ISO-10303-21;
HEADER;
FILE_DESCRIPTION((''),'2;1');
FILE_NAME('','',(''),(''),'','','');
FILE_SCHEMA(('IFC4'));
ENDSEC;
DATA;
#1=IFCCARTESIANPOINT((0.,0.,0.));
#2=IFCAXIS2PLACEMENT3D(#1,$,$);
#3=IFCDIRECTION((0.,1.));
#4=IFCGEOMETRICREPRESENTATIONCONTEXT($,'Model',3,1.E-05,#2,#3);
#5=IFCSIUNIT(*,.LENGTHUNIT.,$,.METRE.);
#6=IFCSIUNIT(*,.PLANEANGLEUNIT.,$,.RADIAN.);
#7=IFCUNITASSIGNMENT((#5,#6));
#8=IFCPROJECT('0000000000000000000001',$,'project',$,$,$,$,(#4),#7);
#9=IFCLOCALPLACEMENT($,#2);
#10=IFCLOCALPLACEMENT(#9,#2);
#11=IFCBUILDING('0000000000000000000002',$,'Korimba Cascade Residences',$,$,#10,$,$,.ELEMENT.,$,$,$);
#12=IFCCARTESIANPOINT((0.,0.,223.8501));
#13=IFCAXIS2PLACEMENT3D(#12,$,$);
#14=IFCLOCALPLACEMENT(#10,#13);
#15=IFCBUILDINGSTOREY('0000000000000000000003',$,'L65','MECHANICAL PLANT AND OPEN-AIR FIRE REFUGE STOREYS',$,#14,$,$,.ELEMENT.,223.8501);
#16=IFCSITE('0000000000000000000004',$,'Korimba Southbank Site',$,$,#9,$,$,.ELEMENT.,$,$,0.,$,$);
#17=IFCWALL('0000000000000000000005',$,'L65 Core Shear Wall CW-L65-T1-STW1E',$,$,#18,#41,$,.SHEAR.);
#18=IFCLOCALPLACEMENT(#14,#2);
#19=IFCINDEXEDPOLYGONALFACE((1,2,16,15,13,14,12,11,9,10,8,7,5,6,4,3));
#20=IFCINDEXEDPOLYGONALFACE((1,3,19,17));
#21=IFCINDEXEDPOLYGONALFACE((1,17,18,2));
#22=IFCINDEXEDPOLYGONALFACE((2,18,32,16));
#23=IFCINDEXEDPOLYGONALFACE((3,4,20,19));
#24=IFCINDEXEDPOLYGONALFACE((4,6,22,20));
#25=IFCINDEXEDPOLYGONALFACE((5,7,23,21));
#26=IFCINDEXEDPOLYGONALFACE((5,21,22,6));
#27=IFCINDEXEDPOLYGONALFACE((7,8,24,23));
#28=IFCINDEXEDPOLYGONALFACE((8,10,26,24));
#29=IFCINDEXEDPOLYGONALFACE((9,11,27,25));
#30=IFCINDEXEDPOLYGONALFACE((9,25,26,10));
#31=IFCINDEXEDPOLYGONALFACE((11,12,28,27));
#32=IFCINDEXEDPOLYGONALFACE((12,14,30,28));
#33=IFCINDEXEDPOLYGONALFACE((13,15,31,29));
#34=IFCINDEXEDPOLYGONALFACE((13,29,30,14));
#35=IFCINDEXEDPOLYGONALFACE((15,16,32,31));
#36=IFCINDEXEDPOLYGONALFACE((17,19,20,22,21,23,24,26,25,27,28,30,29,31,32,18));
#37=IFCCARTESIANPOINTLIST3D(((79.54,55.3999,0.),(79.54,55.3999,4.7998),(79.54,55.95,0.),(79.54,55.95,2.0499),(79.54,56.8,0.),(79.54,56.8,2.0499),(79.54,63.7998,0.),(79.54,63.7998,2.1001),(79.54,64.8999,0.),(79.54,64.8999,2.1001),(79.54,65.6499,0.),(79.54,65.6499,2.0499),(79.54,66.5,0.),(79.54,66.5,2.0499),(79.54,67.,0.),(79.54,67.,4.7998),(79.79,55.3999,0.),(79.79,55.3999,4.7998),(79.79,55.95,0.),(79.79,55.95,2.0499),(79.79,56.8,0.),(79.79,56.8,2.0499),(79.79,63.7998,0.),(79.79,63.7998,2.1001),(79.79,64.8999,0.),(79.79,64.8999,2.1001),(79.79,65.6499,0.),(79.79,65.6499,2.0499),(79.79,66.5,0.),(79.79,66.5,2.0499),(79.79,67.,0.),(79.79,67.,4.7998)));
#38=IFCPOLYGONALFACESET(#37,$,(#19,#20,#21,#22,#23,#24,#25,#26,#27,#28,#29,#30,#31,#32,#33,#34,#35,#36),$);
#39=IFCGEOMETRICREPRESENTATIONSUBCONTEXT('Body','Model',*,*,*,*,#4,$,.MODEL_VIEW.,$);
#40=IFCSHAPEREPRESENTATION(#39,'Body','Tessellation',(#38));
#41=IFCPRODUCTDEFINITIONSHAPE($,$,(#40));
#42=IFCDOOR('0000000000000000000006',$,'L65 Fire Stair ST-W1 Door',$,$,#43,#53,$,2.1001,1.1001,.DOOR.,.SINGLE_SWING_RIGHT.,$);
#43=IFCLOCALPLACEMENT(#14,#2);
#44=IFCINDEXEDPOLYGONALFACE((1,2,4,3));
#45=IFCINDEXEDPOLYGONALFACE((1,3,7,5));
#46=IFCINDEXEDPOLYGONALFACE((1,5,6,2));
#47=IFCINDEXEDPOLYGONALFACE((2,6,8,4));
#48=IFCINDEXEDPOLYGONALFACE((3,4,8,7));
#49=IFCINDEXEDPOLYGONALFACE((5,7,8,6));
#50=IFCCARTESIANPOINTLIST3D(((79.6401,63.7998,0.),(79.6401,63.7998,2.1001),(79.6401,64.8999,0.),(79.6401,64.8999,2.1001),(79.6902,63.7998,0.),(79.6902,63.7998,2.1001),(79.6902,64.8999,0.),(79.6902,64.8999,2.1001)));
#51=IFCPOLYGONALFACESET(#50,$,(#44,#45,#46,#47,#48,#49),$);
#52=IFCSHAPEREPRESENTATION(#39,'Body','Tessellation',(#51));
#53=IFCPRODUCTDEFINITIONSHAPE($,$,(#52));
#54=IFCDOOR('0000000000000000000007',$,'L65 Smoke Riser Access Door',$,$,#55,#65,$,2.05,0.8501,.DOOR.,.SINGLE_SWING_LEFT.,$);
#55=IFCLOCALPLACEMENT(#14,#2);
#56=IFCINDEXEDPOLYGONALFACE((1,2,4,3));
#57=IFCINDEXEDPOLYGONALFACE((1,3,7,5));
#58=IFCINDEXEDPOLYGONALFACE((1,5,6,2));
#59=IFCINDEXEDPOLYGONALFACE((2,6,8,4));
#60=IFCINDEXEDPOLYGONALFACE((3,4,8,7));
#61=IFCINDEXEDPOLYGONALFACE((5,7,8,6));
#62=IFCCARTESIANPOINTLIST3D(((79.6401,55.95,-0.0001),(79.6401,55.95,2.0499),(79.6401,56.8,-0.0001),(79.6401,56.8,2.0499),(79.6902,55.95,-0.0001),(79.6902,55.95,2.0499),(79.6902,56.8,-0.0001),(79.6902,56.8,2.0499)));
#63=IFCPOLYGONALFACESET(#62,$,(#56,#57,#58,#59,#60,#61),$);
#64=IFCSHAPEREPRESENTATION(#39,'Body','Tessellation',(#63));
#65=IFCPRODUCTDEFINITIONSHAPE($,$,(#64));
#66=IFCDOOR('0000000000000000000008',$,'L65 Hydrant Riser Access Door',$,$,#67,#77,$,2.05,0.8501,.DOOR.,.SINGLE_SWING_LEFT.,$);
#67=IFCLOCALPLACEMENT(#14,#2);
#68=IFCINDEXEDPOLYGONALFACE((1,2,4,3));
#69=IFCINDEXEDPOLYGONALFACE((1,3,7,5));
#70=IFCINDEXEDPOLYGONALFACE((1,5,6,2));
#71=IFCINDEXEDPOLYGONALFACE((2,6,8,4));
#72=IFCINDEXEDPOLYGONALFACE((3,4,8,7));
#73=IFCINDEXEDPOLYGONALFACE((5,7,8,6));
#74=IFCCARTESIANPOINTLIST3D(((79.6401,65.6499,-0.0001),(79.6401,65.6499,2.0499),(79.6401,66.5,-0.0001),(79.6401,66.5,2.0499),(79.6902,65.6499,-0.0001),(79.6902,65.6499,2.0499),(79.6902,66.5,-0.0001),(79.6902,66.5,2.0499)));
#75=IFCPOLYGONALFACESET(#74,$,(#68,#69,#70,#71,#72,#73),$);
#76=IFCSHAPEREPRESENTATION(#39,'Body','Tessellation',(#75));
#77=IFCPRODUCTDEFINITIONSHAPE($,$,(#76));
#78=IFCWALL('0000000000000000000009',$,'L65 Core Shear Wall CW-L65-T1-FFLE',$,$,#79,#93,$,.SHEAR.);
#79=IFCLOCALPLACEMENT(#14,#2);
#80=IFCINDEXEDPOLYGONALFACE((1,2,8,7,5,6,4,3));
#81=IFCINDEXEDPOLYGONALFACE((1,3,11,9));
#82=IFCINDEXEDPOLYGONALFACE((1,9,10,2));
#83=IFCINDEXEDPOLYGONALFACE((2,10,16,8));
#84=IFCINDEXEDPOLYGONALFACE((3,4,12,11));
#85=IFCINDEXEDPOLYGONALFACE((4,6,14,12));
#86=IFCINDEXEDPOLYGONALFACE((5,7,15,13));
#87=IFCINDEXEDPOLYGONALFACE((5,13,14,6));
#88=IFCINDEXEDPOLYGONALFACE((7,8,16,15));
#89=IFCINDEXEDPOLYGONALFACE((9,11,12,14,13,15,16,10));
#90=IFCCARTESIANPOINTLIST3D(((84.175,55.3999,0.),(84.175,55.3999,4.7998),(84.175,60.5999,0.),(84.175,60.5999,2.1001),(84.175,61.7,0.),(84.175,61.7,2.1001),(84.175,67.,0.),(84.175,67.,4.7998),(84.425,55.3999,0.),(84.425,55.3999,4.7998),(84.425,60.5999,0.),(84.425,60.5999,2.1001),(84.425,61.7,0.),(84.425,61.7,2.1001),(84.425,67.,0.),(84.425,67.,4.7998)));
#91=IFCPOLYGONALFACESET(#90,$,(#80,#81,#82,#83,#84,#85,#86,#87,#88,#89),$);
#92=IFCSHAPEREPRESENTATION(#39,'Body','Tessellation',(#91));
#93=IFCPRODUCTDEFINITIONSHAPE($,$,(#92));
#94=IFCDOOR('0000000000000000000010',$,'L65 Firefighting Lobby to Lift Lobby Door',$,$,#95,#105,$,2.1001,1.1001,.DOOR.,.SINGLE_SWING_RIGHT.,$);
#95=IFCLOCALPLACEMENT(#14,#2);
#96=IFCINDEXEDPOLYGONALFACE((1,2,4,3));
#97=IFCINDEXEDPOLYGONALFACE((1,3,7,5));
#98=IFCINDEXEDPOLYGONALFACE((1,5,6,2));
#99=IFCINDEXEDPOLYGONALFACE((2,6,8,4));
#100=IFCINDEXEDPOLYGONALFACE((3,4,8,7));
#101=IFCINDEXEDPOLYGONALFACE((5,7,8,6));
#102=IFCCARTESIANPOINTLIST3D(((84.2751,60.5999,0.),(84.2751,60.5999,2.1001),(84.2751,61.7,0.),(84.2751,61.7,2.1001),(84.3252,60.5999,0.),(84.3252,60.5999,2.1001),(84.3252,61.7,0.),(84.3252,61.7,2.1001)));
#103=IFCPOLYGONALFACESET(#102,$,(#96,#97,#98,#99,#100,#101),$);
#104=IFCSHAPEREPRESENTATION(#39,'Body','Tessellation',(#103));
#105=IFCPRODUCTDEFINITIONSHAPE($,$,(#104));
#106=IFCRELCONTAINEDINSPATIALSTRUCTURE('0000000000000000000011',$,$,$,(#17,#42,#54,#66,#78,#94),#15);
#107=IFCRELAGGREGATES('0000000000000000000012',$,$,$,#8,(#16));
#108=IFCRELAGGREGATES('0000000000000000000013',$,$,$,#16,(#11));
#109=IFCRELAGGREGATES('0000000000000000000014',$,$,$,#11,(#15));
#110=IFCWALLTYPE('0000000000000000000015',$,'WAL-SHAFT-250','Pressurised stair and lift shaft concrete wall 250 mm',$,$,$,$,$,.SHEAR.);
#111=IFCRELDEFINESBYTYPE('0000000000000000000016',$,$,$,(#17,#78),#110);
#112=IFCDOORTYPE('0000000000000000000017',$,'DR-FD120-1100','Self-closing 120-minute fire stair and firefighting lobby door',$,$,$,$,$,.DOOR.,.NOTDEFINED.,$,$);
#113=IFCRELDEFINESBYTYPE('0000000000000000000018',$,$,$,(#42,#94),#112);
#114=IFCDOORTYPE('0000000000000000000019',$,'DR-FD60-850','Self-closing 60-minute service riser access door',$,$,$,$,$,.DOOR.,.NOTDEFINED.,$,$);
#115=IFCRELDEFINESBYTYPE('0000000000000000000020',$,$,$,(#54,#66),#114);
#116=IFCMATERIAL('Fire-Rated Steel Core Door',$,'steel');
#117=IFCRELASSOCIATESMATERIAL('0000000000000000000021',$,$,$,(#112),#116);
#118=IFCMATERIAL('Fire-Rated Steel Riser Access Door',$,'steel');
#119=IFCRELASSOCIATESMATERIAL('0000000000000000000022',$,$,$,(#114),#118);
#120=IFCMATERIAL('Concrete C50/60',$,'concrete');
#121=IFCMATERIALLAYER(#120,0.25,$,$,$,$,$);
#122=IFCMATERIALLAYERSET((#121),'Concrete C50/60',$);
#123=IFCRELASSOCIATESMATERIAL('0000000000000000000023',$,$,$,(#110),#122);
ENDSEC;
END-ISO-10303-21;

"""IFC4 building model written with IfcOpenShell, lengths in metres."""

from ifc_helpers import new_model, si_unit, direction, frame, frame_2d, origin, place, context, subcontext, project, spatial, rectangle, extrude, material, layer, layer_set, type_object, element, fill, save


model = new_model("IFC4")

# Units and contexts
model_context = context("Model", 3, precision=1e-05, world=origin(), true_north=direction((0.0, 1.0)))
body_context = subcontext(model_context, "Body", "Model", "MODEL_VIEW")
ifc_project = project(units=[si_unit("LENGTHUNIT", "METRE"), si_unit("PLANEANGLEUNIT", "RADIAN")], contexts=[model_context])

# Site, building, storey
site_placement = place(None, origin())
site = spatial("IfcSite", under=ifc_project, at=site_placement, Name="Korimba Southbank Site", CompositionType="ELEMENT", RefElevation=0.0)
building_placement = place(site_placement, origin())
building = spatial("IfcBuilding", under=site, at=building_placement, Name="Korimba Cascade Residences", CompositionType="ELEMENT")
storey_placement = place(building_placement, frame((0.0, 0.0, 223.8501)))
storey = spatial("IfcBuildingStorey", under=building, at=storey_placement, Name="L65", Description="MECHANICAL PLANT AND OPEN-AIR FIRE REFUGE STOREYS", CompositionType="ELEMENT", Elevation=223.8501)

# Shared definitions
ifc_material_1 = material(Name="Fire-Rated Steel Core Door", Category="steel")
door_type_1 = type_object("IfcDoorType", Name="DR-FD120-1100", Description="Self-closing 120-minute fire stair and firefighting lobby door", OperationType="NOTDEFINED", PredefinedType="DOOR", material=ifc_material_1)

# Wall, openings, doors
ifc_material_2 = material(Name="Fire-Rated Steel Riser Access Door", Category="steel")
door_type_2 = type_object("IfcDoorType", Name="DR-FD60-850", Description="Self-closing 60-minute service riser access door", OperationType="NOTDEFINED", PredefinedType="DOOR", material=ifc_material_2)
ifc_material_3 = material(Name="Concrete C50/60", Category="concrete")
ifc_layer_1 = layer(ifc_material_3, 0.25)
ifc_layer_set_1 = layer_set([ifc_layer_1], Name="Concrete C50/60")
wall_type_1 = type_object("IfcWallType", Name="WAL-SHAFT-250", Description="Pressurised stair and lift shaft concrete wall 250 mm", PredefinedType="SHEAR", material=ifc_layer_set_1)
wall_1_placement = place(storey_placement, frame((79.665, 55.3999, 0.0), z_axis=(0.0, 0.0, 1.0), x_axis=(0.0, 1.0, 0.0)))
wall_1 = element("IfcWall", 1, at=wall_1_placement, inside=storey, type_object=wall_type_1, Name="L65 Core Shear Wall CW-L65-T1-STW1E", PredefinedType="SHEAR", context=body_context, shape_type="SweptSolid", body=[
    extrude(rectangle(XDim=11.6001, YDim=0.25, at=frame_2d((5.8, 0.0))), origin(), (0.0, 0.0, 1.0), 4.7998),
])
opening_1_placement = place(wall_1_placement, frame((0.55, 0.0, 0.0)))
opening_1 = element("IfcOpeningElement", 2, at=opening_1_placement, cuts=wall_1, PredefinedType="OPENING", context=body_context, shape_type="SweptSolid", body=[
    extrude(rectangle(XDim=0.8501, YDim=2.05, at=frame_2d((0.425, 1.0249))), frame((0.0, 0.135, 0.0), z_axis=(0.0, -1.0, 0.0), x_axis=(1.0, 0.0, 0.0)), (0.0, 0.0, 1.0), 0.27),
])
opening_2_placement = place(wall_1_placement, frame((8.3999, 0.0, 0.0)))
opening_2 = element("IfcOpeningElement", 3, at=opening_2_placement, cuts=wall_1, PredefinedType="OPENING", context=body_context, shape_type="SweptSolid", body=[
    extrude(rectangle(XDim=1.1001, YDim=2.1001, at=frame_2d((0.55, 1.05))), frame((0.0, 0.135, 0.0), z_axis=(0.0, -1.0, 0.0), x_axis=(1.0, 0.0, 0.0)), (0.0, 0.0, 1.0), 0.27),
])
opening_3_placement = place(wall_1_placement, frame((10.25, 0.0, 0.0)))
opening_3 = element("IfcOpeningElement", 4, at=opening_3_placement, cuts=wall_1, PredefinedType="OPENING", context=body_context, shape_type="SweptSolid", body=[
    extrude(rectangle(XDim=0.8501, YDim=2.05, at=frame_2d((0.425, 1.0249))), frame((0.0, 0.135, 0.0), z_axis=(0.0, -1.0, 0.0), x_axis=(1.0, 0.0, 0.0)), (0.0, 0.0, 1.0), 0.27),
])
door_1_placement = place(opening_2_placement, origin())
door_1 = element("IfcDoor", 5, at=door_1_placement, inside=storey, type_object=door_type_1, Name="L65 Fire Stair ST-W1 Door", OperationType="SINGLE_SWING_RIGHT", OverallHeight=2.1001, OverallWidth=1.1001, PredefinedType="DOOR", context=body_context, shape_type="SweptSolid", body=[
    extrude(rectangle(XDim=1.1001, YDim=2.1001, at=frame_2d((0.55, 1.05))), frame((0.0, 0.0249, 0.0), z_axis=(0.0, -1.0, 0.0), x_axis=(1.0, 0.0, 0.0)), (0.0, 0.0, 1.0), 0.05),
])
fill(opening_2, door_1)
door_2_placement = place(opening_1_placement, origin())
door_2 = element("IfcDoor", 6, at=door_2_placement, inside=storey, type_object=door_type_2, Name="L65 Smoke Riser Access Door", OperationType="SINGLE_SWING_LEFT", OverallHeight=2.05, OverallWidth=0.8501, PredefinedType="DOOR", context=body_context, shape_type="SweptSolid", body=[
    extrude(rectangle(XDim=0.8501, YDim=2.05, at=frame_2d((0.425, 1.0249))), frame((0.0, 0.0249, 0.0), z_axis=(0.0, -1.0, 0.0), x_axis=(1.0, 0.0, 0.0)), (0.0, 0.0, 1.0), 0.05),
])
fill(opening_1, door_2)
door_3_placement = place(opening_3_placement, origin())
door_3 = element("IfcDoor", 7, at=door_3_placement, inside=storey, type_object=door_type_2, Name="L65 Hydrant Riser Access Door", OperationType="SINGLE_SWING_LEFT", OverallHeight=2.05, OverallWidth=0.8501, PredefinedType="DOOR", context=body_context, shape_type="SweptSolid", body=[
    extrude(rectangle(XDim=0.8501, YDim=2.05, at=frame_2d((0.425, 1.0249))), frame((0.0, 0.0249, 0.0), z_axis=(0.0, -1.0, 0.0), x_axis=(1.0, 0.0, 0.0)), (0.0, 0.0, 1.0), 0.05),
])
fill(opening_3, door_3)

# Wall, opening, door
wall_2_placement = place(storey_placement, frame((84.3, 55.3999, 0.0), z_axis=(0.0, 0.0, 1.0), x_axis=(0.0, 1.0, 0.0)))
wall_2 = element("IfcWall", 8, at=wall_2_placement, inside=storey, type_object=wall_type_1, Name="L65 Core Shear Wall CW-L65-T1-FFLE", PredefinedType="SHEAR", context=body_context, shape_type="SweptSolid", body=[
    extrude(rectangle(XDim=11.6001, YDim=0.25, at=frame_2d((5.8, 0.0))), origin(), (0.0, 0.0, 1.0), 4.7998),
])
opening_4_placement = place(wall_2_placement, frame((5.2, 0.0, 0.0)))
opening_4 = element("IfcOpeningElement", 9, at=opening_4_placement, cuts=wall_2, PredefinedType="OPENING", context=body_context, shape_type="SweptSolid", body=[
    extrude(rectangle(XDim=1.1001, YDim=2.1001, at=frame_2d((0.55, 1.05))), frame((0.0, 0.135, 0.0), z_axis=(0.0, -1.0, 0.0), x_axis=(1.0, 0.0, 0.0)), (0.0, 0.0, 1.0), 0.27),
])
door_4_placement = place(opening_4_placement, origin())
door_4 = element("IfcDoor", 10, at=door_4_placement, inside=storey, type_object=door_type_1, Name="L65 Firefighting Lobby to Lift Lobby Door", OperationType="SINGLE_SWING_RIGHT", OverallHeight=2.1001, OverallWidth=1.1001, PredefinedType="DOOR", context=body_context, shape_type="SweptSolid", body=[
    extrude(rectangle(XDim=1.1001, YDim=2.1001, at=frame_2d((0.55, 1.05))), frame((0.0, 0.0249, 0.0), z_axis=(0.0, -1.0, 0.0), x_axis=(1.0, 0.0, 0.0)), (0.0, 0.0, 1.0), 0.05),
])
fill(opening_4, door_4)

save(model, "model.ifc")
